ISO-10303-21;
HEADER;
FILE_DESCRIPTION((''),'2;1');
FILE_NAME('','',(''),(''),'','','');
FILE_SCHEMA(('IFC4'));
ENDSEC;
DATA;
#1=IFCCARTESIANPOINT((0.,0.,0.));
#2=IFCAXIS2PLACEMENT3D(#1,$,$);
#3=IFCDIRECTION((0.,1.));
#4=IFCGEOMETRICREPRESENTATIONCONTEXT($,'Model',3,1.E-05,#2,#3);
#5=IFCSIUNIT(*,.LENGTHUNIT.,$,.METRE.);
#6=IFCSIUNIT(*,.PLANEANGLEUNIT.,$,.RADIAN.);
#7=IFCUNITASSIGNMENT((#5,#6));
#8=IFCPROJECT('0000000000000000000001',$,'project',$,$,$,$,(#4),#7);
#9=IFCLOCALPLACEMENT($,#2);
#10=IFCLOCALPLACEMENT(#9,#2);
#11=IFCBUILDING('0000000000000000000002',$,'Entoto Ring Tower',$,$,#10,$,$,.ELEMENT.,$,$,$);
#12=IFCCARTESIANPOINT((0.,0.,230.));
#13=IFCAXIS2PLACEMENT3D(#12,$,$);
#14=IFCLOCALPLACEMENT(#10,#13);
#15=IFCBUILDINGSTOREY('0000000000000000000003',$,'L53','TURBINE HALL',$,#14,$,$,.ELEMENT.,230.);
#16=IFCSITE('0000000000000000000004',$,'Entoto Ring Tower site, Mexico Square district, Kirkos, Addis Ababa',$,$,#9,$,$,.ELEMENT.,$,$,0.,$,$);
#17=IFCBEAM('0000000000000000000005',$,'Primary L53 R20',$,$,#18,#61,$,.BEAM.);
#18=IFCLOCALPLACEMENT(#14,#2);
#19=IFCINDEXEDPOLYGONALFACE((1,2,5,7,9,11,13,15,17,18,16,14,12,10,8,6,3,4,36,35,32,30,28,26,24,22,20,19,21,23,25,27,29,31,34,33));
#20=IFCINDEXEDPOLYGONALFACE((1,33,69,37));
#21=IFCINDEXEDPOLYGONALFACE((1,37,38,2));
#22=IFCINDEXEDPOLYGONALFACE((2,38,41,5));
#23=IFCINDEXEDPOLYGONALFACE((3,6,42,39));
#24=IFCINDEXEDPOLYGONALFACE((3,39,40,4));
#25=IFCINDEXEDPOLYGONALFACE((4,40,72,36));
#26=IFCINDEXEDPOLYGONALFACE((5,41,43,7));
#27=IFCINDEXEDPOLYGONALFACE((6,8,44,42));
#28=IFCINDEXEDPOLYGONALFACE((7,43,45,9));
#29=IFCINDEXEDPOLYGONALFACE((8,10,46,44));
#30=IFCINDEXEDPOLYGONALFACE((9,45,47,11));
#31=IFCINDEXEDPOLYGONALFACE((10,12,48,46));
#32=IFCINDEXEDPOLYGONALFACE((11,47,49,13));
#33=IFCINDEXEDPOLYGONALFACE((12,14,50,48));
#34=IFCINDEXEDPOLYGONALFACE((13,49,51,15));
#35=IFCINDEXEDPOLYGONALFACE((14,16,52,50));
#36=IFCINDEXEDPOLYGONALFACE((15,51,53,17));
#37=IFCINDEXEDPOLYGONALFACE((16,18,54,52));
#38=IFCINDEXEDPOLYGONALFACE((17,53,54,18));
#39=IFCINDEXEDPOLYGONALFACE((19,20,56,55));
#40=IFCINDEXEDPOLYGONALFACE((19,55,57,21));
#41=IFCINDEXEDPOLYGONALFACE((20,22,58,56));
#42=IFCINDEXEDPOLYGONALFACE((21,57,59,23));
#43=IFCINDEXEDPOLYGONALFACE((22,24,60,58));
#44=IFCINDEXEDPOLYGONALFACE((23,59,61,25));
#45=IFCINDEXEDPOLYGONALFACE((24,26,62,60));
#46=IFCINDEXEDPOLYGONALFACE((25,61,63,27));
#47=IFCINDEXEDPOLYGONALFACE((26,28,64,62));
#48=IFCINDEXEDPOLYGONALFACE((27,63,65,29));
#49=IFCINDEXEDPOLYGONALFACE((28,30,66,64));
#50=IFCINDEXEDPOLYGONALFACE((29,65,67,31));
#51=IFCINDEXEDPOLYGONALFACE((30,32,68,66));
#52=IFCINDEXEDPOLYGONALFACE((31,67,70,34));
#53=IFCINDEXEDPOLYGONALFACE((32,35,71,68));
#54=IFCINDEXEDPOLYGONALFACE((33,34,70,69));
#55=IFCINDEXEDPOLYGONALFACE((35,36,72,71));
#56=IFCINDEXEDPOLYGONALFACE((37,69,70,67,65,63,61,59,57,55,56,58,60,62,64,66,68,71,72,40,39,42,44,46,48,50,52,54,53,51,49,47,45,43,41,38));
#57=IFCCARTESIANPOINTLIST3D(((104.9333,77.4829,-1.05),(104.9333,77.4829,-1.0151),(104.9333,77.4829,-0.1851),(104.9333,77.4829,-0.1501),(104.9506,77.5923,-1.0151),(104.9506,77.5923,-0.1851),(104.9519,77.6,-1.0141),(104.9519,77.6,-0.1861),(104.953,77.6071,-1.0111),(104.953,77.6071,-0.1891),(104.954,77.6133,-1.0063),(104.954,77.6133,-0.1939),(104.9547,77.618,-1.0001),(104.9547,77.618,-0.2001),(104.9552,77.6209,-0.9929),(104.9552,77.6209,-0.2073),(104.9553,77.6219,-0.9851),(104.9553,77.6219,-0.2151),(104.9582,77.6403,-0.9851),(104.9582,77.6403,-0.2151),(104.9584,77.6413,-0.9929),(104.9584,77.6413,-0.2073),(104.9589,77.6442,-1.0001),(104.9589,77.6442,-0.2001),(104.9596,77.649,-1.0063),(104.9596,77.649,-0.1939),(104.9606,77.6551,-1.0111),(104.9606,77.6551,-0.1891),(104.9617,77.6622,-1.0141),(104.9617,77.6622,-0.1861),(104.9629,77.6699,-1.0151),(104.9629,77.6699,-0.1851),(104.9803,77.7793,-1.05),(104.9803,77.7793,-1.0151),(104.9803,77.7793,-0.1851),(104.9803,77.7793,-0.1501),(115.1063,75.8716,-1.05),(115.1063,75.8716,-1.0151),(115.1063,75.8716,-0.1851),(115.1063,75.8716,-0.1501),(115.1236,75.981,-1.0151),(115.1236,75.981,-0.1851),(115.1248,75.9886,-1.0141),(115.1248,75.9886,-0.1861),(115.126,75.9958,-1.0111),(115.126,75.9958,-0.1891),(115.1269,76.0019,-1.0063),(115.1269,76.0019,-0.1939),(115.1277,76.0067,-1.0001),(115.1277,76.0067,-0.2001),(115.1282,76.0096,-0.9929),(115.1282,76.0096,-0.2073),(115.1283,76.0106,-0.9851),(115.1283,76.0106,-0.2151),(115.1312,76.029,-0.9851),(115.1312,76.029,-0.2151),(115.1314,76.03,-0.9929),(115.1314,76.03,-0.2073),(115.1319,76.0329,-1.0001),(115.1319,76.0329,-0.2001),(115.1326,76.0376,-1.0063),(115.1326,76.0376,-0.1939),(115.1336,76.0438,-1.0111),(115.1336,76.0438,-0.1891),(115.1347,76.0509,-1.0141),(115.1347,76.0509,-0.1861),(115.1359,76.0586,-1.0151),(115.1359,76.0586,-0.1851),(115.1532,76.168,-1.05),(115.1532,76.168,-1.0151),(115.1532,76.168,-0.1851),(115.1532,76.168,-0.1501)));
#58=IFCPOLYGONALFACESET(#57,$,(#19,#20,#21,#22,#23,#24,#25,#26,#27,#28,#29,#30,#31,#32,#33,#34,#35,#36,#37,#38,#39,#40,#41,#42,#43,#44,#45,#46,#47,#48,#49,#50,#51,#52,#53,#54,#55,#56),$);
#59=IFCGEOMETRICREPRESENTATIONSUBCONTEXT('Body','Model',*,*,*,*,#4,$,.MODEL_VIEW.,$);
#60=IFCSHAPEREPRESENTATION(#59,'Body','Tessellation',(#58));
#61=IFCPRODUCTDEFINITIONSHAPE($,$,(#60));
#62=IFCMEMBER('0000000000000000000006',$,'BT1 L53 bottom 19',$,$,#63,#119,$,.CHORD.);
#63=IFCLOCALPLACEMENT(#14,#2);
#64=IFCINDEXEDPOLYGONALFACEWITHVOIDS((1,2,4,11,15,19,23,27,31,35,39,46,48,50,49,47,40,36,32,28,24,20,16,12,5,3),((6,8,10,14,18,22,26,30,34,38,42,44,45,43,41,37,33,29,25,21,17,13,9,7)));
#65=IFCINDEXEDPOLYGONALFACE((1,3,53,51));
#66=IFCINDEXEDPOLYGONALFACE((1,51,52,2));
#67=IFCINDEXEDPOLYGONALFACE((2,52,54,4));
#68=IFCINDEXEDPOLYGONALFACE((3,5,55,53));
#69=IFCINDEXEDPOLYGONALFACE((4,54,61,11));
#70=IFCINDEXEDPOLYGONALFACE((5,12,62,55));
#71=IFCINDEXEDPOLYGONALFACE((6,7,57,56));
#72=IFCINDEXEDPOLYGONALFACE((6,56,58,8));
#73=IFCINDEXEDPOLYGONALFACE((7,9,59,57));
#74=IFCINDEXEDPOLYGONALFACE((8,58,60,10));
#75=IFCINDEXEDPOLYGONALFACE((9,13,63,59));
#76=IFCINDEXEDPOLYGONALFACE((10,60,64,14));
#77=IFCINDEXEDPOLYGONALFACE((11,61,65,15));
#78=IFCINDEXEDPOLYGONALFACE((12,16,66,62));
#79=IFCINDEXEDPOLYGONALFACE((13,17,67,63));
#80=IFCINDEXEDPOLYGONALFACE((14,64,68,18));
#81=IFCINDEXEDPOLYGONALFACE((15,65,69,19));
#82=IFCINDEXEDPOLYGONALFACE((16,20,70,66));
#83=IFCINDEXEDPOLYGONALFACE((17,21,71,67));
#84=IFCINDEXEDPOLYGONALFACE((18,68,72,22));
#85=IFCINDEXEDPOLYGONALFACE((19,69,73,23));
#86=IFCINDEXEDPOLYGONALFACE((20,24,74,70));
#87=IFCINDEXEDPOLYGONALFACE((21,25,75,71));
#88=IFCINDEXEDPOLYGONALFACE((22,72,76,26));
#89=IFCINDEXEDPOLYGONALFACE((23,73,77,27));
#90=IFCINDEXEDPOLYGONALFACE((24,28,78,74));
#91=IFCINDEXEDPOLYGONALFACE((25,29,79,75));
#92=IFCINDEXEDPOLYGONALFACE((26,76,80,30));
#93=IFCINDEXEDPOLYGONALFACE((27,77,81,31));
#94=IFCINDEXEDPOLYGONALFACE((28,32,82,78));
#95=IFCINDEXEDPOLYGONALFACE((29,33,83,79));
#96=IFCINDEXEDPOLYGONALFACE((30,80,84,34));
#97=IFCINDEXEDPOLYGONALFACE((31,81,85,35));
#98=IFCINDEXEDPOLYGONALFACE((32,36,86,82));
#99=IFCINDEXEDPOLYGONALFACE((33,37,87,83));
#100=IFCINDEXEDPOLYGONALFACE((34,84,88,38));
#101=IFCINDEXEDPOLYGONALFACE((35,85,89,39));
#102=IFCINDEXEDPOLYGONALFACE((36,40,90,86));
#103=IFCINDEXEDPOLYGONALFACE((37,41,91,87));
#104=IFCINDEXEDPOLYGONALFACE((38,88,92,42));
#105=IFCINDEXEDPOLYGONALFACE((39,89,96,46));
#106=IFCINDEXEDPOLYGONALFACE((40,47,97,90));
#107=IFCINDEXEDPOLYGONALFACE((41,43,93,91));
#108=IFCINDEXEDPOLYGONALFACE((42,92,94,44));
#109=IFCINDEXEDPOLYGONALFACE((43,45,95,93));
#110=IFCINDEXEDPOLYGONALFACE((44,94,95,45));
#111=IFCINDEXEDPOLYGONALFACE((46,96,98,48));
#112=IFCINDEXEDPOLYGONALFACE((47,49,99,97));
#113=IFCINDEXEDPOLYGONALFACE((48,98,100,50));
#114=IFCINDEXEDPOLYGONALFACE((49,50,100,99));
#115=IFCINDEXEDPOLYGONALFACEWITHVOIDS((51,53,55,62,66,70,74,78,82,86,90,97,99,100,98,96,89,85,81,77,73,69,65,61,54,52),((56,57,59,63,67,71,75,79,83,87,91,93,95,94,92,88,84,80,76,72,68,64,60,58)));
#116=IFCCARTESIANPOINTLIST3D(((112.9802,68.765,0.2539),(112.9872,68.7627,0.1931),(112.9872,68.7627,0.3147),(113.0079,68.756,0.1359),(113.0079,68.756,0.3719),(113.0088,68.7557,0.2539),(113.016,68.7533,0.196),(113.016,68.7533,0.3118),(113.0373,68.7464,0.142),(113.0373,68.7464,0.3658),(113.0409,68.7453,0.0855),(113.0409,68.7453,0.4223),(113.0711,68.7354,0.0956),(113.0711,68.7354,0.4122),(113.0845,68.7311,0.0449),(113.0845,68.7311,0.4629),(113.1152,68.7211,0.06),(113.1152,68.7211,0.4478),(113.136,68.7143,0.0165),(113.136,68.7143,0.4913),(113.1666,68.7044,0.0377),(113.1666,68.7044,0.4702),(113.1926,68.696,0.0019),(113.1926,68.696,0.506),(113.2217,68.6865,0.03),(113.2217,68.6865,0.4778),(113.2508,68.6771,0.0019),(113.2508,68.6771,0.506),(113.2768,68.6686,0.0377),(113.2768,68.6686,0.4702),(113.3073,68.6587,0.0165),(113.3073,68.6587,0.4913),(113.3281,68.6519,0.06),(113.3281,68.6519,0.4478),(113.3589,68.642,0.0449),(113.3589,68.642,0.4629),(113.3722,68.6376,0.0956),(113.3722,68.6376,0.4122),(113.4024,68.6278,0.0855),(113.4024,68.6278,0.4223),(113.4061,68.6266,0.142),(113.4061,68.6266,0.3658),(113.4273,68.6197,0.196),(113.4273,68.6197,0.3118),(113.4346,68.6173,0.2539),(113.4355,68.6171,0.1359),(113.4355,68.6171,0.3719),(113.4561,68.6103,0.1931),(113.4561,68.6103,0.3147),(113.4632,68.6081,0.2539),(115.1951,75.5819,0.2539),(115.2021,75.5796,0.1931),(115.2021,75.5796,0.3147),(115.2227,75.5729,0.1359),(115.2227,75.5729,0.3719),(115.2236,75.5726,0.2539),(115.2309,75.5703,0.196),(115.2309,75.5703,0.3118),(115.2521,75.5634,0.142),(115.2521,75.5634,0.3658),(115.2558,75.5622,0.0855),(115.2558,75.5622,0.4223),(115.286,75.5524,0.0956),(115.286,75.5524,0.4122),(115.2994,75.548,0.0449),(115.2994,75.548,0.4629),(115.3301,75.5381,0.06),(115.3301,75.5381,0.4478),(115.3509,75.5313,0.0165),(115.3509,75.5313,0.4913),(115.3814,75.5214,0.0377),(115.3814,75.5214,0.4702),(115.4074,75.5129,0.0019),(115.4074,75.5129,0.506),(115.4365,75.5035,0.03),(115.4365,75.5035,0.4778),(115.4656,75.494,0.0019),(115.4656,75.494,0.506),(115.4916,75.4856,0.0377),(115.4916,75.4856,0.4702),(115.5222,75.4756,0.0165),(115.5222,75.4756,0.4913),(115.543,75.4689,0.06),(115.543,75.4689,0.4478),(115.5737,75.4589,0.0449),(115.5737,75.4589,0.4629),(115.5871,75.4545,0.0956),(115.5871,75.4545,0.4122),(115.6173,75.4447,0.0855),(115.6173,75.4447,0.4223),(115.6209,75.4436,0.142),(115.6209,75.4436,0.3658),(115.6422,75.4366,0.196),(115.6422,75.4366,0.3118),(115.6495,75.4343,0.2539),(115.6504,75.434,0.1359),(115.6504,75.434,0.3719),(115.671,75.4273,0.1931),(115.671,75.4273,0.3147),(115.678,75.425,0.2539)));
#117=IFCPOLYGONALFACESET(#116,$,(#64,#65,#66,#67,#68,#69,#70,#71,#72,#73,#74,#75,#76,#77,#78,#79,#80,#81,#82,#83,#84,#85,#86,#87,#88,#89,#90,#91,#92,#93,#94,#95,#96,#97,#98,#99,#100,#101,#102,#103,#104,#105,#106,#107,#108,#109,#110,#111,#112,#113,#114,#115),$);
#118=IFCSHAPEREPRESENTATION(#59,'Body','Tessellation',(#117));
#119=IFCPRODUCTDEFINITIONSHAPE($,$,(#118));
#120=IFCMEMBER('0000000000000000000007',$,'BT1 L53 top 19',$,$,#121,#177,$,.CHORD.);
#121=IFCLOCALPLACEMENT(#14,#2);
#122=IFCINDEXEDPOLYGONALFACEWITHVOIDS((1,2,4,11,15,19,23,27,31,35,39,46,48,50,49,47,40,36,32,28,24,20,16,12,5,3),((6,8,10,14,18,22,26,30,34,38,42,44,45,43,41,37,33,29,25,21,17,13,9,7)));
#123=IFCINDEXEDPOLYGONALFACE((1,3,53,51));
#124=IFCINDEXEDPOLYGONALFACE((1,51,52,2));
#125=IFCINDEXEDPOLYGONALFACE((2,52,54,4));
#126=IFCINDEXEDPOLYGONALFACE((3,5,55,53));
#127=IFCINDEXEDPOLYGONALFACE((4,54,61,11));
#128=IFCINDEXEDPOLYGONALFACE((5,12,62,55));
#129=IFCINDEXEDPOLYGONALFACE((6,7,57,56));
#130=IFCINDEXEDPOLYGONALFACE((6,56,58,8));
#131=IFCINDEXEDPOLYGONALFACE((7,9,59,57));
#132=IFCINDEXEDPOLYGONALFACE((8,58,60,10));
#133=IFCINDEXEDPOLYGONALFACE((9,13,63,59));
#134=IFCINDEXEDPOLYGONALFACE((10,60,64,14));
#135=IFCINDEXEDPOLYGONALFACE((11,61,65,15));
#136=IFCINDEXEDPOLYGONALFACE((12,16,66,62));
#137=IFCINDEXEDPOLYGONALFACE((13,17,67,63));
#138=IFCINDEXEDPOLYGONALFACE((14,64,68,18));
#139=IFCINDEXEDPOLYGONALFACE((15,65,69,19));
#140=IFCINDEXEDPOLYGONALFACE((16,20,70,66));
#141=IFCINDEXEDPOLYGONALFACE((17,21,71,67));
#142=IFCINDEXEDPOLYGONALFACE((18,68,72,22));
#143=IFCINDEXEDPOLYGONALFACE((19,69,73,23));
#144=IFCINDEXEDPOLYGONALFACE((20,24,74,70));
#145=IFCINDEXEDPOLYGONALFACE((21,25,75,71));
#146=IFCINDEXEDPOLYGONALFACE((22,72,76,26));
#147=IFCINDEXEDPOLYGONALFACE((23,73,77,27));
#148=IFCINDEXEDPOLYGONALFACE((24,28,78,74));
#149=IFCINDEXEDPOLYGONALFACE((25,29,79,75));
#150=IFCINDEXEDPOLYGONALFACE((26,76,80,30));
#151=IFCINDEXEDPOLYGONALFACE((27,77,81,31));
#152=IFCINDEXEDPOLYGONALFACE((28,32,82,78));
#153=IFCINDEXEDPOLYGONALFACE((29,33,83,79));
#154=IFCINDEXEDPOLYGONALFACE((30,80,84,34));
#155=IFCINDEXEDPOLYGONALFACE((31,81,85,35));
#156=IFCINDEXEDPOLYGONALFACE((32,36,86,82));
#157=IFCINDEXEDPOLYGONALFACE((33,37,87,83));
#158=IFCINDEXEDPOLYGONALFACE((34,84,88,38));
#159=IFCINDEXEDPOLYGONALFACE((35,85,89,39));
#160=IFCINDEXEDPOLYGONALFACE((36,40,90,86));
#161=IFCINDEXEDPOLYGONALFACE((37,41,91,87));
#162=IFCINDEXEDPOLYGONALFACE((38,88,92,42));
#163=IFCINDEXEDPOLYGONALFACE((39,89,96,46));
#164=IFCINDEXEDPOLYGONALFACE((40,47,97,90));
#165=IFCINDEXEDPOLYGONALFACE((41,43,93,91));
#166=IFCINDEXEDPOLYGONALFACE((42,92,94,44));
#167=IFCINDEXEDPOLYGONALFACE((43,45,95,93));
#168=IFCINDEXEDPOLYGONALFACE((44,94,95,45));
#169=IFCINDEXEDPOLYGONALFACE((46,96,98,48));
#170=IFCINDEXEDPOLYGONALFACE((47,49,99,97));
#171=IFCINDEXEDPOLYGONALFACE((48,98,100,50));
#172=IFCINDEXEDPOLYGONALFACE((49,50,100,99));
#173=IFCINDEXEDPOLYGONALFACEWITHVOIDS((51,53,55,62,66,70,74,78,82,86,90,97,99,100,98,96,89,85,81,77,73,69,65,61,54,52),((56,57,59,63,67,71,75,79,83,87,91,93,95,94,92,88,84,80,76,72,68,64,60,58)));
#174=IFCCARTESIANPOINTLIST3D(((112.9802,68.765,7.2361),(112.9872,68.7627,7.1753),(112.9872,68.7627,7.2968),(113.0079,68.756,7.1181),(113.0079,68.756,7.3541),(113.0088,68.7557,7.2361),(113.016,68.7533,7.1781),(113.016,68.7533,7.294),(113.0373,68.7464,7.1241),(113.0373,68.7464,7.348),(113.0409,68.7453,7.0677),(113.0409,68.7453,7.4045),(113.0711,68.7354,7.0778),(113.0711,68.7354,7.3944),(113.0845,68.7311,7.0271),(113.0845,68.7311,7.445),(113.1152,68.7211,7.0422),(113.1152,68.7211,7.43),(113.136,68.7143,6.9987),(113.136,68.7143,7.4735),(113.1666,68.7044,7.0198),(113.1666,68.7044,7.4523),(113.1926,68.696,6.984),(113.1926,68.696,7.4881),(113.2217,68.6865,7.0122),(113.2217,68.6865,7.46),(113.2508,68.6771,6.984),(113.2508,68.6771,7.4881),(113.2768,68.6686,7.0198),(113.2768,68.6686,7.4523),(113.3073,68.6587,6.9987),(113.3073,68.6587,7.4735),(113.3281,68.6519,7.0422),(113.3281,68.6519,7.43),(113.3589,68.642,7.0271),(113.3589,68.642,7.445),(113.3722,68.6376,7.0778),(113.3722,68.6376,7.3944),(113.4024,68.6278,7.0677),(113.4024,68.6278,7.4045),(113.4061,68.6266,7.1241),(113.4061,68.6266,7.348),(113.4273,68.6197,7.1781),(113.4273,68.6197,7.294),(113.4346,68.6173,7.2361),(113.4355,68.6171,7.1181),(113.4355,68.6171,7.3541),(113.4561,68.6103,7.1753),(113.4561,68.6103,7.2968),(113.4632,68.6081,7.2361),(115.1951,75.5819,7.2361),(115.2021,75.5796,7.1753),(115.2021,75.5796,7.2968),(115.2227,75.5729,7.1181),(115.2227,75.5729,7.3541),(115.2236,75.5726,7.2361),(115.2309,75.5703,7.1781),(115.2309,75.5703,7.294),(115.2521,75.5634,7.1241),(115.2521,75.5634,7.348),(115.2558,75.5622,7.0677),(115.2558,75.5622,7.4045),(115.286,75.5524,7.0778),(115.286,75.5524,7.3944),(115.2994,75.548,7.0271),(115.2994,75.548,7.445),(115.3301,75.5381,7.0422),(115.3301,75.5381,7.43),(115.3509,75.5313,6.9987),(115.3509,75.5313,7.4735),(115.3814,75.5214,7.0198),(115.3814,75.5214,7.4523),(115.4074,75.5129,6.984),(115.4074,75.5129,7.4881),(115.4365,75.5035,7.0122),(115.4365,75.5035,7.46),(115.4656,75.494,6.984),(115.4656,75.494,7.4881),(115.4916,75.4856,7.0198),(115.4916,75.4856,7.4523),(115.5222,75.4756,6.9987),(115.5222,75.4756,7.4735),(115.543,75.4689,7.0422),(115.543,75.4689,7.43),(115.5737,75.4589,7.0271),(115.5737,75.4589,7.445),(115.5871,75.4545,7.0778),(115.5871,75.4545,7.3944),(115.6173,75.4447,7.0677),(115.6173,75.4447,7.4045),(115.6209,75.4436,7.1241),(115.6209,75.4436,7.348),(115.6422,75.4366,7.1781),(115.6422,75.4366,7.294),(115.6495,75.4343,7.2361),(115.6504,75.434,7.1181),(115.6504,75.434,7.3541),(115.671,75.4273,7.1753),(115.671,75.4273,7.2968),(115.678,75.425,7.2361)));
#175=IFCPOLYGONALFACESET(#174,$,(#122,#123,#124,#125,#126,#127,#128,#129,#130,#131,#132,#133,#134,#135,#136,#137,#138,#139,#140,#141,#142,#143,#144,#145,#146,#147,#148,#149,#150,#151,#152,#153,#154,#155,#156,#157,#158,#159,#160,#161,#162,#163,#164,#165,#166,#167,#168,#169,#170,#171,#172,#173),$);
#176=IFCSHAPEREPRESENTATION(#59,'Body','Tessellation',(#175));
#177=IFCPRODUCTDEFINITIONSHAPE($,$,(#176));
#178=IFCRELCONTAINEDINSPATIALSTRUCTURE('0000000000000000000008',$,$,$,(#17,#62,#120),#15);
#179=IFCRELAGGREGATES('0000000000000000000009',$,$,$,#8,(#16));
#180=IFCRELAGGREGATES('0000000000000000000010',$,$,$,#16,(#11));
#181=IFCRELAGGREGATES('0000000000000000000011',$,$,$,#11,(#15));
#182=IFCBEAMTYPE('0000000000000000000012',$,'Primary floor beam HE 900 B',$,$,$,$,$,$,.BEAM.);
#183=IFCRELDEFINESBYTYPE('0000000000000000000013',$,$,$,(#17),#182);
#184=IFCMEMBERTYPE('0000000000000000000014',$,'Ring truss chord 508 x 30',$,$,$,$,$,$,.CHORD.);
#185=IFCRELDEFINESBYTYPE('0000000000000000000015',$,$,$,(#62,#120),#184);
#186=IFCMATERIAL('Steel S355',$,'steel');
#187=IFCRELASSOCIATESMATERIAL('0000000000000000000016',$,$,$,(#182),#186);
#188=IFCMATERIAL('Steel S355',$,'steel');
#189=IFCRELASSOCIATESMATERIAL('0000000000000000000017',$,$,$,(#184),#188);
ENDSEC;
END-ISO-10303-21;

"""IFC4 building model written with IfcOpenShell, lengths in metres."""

from ifc_helpers import new_model, si_unit, direction, frame, origin, origin_2d, place, context, subcontext, project, spatial, circle, hollow_circle, i_section, extrude, material, material_profile, profile_set, type_object, element, save


model = new_model("IFC4")

# Units and contexts
model_context = context("Model", 3, precision=1e-05, world=origin(), true_north=direction((0.0, 1.0)))
body_context = subcontext(model_context, "Body", "Model", "MODEL_VIEW")
ifc_project = project(units=[si_unit("LENGTHUNIT", "METRE"), si_unit("PLANEANGLEUNIT", "RADIAN")], contexts=[model_context])

# Site, building, storey
site_placement = place(None, origin())
site = spatial("IfcSite", under=ifc_project, at=site_placement, Name="Entoto Ring Tower site, Mexico Square district, Kirkos, Addis Ababa", CompositionType="ELEMENT", RefElevation=0.0)
building_placement = place(site_placement, origin())
building = spatial("IfcBuilding", under=site, at=building_placement, Name="Entoto Ring Tower", CompositionType="ELEMENT")
storey_placement = place(building_placement, frame((0.0, 0.0, 230.0)))
storey = spatial("IfcBuildingStorey", under=building, at=storey_placement, Name="L53", Description="TURBINE HALL", CompositionType="ELEMENT", Elevation=230.0)

# Beam
ifc_material_1 = material(Name="Steel S355", Category="steel")
ifc_material_profile_1 = material_profile(ifc_material_1, i_section(OverallWidth=0.3, OverallDepth=0.8999, WebThickness=0.0186, FlangeThickness=0.0349, FilletRadius=0.03, at=origin_2d()), Name="HE 900 B")
ifc_profile_set_1 = profile_set([ifc_material_profile_1], Name="Steel S355")
beam_type_1 = type_object("IfcBeamType", Name="Primary floor beam HE 900 B", PredefinedType="BEAM", material=ifc_profile_set_1)
beam_1_placement = place(storey_placement, frame((104.9568, 77.6311, -0.6001), z_axis=(0.987687, -0.156441, 0.0), x_axis=(0.156441, 0.987687, 0.0)))
element("IfcBeam", 1, at=beam_1_placement, inside=storey, type_object=beam_type_1, Name="Primary L53 R20", PredefinedType="BEAM", context=body_context, shape_type="SweptSolid", body=[
    extrude(i_section(OverallWidth=0.3, OverallDepth=0.8999, WebThickness=0.0186, FlangeThickness=0.0349, FilletRadius=0.03, at=origin_2d()), origin(), (0.0, 0.0, 1.0), 10.2998),
])

# Members
ifc_material_2 = material(Name="Steel S355", Category="steel")
ifc_material_profile_2 = material_profile(ifc_material_2, hollow_circle(Radius=0.2539, WallThickness=0.03, at=origin_2d()), Name="CHS 508 x 30")
ifc_material_3 = material(Name="Concrete C60/75", Category="concrete")
ifc_material_profile_3 = material_profile(ifc_material_3, circle(Radius=0.2241, at=origin_2d()), Name="Concrete C60/75 infill")
ifc_profile_set_2 = profile_set([ifc_material_profile_2, ifc_material_profile_3], Name="Steel S355")
member_type_1 = type_object("IfcMemberType", Name="Ring truss chord 508 x 30", PredefinedType="CHORD", material=ifc_profile_set_2)
for number, where, z_axis, x_axis, name in (
    (2, (113.2217, 68.6865, 0.2539), (0.309004, 0.951061, 0.0), (-0.951061, 0.309004, 0.0), "BT1 L53 bottom 19"),
    (3, (113.2217, 68.6865, 7.2361), (0.309004, 0.951061, 0.0), (-0.951061, 0.309004, 0.0), "BT1 L53 top 19"),
):
    element("IfcMember", number, at=place(storey_placement, frame(where, z_axis=z_axis, x_axis=x_axis)), inside=storey, type_object=member_type_1, Name=name, PredefinedType="CHORD", context=body_context, shape_type="SweptSolid", body=[
        extrude(hollow_circle(Radius=0.2539, WallThickness=0.03, at=origin_2d()), origin(), (0.0, 0.0, 1.0), 7.1677),
    ])

save(model, "model.ifc")
